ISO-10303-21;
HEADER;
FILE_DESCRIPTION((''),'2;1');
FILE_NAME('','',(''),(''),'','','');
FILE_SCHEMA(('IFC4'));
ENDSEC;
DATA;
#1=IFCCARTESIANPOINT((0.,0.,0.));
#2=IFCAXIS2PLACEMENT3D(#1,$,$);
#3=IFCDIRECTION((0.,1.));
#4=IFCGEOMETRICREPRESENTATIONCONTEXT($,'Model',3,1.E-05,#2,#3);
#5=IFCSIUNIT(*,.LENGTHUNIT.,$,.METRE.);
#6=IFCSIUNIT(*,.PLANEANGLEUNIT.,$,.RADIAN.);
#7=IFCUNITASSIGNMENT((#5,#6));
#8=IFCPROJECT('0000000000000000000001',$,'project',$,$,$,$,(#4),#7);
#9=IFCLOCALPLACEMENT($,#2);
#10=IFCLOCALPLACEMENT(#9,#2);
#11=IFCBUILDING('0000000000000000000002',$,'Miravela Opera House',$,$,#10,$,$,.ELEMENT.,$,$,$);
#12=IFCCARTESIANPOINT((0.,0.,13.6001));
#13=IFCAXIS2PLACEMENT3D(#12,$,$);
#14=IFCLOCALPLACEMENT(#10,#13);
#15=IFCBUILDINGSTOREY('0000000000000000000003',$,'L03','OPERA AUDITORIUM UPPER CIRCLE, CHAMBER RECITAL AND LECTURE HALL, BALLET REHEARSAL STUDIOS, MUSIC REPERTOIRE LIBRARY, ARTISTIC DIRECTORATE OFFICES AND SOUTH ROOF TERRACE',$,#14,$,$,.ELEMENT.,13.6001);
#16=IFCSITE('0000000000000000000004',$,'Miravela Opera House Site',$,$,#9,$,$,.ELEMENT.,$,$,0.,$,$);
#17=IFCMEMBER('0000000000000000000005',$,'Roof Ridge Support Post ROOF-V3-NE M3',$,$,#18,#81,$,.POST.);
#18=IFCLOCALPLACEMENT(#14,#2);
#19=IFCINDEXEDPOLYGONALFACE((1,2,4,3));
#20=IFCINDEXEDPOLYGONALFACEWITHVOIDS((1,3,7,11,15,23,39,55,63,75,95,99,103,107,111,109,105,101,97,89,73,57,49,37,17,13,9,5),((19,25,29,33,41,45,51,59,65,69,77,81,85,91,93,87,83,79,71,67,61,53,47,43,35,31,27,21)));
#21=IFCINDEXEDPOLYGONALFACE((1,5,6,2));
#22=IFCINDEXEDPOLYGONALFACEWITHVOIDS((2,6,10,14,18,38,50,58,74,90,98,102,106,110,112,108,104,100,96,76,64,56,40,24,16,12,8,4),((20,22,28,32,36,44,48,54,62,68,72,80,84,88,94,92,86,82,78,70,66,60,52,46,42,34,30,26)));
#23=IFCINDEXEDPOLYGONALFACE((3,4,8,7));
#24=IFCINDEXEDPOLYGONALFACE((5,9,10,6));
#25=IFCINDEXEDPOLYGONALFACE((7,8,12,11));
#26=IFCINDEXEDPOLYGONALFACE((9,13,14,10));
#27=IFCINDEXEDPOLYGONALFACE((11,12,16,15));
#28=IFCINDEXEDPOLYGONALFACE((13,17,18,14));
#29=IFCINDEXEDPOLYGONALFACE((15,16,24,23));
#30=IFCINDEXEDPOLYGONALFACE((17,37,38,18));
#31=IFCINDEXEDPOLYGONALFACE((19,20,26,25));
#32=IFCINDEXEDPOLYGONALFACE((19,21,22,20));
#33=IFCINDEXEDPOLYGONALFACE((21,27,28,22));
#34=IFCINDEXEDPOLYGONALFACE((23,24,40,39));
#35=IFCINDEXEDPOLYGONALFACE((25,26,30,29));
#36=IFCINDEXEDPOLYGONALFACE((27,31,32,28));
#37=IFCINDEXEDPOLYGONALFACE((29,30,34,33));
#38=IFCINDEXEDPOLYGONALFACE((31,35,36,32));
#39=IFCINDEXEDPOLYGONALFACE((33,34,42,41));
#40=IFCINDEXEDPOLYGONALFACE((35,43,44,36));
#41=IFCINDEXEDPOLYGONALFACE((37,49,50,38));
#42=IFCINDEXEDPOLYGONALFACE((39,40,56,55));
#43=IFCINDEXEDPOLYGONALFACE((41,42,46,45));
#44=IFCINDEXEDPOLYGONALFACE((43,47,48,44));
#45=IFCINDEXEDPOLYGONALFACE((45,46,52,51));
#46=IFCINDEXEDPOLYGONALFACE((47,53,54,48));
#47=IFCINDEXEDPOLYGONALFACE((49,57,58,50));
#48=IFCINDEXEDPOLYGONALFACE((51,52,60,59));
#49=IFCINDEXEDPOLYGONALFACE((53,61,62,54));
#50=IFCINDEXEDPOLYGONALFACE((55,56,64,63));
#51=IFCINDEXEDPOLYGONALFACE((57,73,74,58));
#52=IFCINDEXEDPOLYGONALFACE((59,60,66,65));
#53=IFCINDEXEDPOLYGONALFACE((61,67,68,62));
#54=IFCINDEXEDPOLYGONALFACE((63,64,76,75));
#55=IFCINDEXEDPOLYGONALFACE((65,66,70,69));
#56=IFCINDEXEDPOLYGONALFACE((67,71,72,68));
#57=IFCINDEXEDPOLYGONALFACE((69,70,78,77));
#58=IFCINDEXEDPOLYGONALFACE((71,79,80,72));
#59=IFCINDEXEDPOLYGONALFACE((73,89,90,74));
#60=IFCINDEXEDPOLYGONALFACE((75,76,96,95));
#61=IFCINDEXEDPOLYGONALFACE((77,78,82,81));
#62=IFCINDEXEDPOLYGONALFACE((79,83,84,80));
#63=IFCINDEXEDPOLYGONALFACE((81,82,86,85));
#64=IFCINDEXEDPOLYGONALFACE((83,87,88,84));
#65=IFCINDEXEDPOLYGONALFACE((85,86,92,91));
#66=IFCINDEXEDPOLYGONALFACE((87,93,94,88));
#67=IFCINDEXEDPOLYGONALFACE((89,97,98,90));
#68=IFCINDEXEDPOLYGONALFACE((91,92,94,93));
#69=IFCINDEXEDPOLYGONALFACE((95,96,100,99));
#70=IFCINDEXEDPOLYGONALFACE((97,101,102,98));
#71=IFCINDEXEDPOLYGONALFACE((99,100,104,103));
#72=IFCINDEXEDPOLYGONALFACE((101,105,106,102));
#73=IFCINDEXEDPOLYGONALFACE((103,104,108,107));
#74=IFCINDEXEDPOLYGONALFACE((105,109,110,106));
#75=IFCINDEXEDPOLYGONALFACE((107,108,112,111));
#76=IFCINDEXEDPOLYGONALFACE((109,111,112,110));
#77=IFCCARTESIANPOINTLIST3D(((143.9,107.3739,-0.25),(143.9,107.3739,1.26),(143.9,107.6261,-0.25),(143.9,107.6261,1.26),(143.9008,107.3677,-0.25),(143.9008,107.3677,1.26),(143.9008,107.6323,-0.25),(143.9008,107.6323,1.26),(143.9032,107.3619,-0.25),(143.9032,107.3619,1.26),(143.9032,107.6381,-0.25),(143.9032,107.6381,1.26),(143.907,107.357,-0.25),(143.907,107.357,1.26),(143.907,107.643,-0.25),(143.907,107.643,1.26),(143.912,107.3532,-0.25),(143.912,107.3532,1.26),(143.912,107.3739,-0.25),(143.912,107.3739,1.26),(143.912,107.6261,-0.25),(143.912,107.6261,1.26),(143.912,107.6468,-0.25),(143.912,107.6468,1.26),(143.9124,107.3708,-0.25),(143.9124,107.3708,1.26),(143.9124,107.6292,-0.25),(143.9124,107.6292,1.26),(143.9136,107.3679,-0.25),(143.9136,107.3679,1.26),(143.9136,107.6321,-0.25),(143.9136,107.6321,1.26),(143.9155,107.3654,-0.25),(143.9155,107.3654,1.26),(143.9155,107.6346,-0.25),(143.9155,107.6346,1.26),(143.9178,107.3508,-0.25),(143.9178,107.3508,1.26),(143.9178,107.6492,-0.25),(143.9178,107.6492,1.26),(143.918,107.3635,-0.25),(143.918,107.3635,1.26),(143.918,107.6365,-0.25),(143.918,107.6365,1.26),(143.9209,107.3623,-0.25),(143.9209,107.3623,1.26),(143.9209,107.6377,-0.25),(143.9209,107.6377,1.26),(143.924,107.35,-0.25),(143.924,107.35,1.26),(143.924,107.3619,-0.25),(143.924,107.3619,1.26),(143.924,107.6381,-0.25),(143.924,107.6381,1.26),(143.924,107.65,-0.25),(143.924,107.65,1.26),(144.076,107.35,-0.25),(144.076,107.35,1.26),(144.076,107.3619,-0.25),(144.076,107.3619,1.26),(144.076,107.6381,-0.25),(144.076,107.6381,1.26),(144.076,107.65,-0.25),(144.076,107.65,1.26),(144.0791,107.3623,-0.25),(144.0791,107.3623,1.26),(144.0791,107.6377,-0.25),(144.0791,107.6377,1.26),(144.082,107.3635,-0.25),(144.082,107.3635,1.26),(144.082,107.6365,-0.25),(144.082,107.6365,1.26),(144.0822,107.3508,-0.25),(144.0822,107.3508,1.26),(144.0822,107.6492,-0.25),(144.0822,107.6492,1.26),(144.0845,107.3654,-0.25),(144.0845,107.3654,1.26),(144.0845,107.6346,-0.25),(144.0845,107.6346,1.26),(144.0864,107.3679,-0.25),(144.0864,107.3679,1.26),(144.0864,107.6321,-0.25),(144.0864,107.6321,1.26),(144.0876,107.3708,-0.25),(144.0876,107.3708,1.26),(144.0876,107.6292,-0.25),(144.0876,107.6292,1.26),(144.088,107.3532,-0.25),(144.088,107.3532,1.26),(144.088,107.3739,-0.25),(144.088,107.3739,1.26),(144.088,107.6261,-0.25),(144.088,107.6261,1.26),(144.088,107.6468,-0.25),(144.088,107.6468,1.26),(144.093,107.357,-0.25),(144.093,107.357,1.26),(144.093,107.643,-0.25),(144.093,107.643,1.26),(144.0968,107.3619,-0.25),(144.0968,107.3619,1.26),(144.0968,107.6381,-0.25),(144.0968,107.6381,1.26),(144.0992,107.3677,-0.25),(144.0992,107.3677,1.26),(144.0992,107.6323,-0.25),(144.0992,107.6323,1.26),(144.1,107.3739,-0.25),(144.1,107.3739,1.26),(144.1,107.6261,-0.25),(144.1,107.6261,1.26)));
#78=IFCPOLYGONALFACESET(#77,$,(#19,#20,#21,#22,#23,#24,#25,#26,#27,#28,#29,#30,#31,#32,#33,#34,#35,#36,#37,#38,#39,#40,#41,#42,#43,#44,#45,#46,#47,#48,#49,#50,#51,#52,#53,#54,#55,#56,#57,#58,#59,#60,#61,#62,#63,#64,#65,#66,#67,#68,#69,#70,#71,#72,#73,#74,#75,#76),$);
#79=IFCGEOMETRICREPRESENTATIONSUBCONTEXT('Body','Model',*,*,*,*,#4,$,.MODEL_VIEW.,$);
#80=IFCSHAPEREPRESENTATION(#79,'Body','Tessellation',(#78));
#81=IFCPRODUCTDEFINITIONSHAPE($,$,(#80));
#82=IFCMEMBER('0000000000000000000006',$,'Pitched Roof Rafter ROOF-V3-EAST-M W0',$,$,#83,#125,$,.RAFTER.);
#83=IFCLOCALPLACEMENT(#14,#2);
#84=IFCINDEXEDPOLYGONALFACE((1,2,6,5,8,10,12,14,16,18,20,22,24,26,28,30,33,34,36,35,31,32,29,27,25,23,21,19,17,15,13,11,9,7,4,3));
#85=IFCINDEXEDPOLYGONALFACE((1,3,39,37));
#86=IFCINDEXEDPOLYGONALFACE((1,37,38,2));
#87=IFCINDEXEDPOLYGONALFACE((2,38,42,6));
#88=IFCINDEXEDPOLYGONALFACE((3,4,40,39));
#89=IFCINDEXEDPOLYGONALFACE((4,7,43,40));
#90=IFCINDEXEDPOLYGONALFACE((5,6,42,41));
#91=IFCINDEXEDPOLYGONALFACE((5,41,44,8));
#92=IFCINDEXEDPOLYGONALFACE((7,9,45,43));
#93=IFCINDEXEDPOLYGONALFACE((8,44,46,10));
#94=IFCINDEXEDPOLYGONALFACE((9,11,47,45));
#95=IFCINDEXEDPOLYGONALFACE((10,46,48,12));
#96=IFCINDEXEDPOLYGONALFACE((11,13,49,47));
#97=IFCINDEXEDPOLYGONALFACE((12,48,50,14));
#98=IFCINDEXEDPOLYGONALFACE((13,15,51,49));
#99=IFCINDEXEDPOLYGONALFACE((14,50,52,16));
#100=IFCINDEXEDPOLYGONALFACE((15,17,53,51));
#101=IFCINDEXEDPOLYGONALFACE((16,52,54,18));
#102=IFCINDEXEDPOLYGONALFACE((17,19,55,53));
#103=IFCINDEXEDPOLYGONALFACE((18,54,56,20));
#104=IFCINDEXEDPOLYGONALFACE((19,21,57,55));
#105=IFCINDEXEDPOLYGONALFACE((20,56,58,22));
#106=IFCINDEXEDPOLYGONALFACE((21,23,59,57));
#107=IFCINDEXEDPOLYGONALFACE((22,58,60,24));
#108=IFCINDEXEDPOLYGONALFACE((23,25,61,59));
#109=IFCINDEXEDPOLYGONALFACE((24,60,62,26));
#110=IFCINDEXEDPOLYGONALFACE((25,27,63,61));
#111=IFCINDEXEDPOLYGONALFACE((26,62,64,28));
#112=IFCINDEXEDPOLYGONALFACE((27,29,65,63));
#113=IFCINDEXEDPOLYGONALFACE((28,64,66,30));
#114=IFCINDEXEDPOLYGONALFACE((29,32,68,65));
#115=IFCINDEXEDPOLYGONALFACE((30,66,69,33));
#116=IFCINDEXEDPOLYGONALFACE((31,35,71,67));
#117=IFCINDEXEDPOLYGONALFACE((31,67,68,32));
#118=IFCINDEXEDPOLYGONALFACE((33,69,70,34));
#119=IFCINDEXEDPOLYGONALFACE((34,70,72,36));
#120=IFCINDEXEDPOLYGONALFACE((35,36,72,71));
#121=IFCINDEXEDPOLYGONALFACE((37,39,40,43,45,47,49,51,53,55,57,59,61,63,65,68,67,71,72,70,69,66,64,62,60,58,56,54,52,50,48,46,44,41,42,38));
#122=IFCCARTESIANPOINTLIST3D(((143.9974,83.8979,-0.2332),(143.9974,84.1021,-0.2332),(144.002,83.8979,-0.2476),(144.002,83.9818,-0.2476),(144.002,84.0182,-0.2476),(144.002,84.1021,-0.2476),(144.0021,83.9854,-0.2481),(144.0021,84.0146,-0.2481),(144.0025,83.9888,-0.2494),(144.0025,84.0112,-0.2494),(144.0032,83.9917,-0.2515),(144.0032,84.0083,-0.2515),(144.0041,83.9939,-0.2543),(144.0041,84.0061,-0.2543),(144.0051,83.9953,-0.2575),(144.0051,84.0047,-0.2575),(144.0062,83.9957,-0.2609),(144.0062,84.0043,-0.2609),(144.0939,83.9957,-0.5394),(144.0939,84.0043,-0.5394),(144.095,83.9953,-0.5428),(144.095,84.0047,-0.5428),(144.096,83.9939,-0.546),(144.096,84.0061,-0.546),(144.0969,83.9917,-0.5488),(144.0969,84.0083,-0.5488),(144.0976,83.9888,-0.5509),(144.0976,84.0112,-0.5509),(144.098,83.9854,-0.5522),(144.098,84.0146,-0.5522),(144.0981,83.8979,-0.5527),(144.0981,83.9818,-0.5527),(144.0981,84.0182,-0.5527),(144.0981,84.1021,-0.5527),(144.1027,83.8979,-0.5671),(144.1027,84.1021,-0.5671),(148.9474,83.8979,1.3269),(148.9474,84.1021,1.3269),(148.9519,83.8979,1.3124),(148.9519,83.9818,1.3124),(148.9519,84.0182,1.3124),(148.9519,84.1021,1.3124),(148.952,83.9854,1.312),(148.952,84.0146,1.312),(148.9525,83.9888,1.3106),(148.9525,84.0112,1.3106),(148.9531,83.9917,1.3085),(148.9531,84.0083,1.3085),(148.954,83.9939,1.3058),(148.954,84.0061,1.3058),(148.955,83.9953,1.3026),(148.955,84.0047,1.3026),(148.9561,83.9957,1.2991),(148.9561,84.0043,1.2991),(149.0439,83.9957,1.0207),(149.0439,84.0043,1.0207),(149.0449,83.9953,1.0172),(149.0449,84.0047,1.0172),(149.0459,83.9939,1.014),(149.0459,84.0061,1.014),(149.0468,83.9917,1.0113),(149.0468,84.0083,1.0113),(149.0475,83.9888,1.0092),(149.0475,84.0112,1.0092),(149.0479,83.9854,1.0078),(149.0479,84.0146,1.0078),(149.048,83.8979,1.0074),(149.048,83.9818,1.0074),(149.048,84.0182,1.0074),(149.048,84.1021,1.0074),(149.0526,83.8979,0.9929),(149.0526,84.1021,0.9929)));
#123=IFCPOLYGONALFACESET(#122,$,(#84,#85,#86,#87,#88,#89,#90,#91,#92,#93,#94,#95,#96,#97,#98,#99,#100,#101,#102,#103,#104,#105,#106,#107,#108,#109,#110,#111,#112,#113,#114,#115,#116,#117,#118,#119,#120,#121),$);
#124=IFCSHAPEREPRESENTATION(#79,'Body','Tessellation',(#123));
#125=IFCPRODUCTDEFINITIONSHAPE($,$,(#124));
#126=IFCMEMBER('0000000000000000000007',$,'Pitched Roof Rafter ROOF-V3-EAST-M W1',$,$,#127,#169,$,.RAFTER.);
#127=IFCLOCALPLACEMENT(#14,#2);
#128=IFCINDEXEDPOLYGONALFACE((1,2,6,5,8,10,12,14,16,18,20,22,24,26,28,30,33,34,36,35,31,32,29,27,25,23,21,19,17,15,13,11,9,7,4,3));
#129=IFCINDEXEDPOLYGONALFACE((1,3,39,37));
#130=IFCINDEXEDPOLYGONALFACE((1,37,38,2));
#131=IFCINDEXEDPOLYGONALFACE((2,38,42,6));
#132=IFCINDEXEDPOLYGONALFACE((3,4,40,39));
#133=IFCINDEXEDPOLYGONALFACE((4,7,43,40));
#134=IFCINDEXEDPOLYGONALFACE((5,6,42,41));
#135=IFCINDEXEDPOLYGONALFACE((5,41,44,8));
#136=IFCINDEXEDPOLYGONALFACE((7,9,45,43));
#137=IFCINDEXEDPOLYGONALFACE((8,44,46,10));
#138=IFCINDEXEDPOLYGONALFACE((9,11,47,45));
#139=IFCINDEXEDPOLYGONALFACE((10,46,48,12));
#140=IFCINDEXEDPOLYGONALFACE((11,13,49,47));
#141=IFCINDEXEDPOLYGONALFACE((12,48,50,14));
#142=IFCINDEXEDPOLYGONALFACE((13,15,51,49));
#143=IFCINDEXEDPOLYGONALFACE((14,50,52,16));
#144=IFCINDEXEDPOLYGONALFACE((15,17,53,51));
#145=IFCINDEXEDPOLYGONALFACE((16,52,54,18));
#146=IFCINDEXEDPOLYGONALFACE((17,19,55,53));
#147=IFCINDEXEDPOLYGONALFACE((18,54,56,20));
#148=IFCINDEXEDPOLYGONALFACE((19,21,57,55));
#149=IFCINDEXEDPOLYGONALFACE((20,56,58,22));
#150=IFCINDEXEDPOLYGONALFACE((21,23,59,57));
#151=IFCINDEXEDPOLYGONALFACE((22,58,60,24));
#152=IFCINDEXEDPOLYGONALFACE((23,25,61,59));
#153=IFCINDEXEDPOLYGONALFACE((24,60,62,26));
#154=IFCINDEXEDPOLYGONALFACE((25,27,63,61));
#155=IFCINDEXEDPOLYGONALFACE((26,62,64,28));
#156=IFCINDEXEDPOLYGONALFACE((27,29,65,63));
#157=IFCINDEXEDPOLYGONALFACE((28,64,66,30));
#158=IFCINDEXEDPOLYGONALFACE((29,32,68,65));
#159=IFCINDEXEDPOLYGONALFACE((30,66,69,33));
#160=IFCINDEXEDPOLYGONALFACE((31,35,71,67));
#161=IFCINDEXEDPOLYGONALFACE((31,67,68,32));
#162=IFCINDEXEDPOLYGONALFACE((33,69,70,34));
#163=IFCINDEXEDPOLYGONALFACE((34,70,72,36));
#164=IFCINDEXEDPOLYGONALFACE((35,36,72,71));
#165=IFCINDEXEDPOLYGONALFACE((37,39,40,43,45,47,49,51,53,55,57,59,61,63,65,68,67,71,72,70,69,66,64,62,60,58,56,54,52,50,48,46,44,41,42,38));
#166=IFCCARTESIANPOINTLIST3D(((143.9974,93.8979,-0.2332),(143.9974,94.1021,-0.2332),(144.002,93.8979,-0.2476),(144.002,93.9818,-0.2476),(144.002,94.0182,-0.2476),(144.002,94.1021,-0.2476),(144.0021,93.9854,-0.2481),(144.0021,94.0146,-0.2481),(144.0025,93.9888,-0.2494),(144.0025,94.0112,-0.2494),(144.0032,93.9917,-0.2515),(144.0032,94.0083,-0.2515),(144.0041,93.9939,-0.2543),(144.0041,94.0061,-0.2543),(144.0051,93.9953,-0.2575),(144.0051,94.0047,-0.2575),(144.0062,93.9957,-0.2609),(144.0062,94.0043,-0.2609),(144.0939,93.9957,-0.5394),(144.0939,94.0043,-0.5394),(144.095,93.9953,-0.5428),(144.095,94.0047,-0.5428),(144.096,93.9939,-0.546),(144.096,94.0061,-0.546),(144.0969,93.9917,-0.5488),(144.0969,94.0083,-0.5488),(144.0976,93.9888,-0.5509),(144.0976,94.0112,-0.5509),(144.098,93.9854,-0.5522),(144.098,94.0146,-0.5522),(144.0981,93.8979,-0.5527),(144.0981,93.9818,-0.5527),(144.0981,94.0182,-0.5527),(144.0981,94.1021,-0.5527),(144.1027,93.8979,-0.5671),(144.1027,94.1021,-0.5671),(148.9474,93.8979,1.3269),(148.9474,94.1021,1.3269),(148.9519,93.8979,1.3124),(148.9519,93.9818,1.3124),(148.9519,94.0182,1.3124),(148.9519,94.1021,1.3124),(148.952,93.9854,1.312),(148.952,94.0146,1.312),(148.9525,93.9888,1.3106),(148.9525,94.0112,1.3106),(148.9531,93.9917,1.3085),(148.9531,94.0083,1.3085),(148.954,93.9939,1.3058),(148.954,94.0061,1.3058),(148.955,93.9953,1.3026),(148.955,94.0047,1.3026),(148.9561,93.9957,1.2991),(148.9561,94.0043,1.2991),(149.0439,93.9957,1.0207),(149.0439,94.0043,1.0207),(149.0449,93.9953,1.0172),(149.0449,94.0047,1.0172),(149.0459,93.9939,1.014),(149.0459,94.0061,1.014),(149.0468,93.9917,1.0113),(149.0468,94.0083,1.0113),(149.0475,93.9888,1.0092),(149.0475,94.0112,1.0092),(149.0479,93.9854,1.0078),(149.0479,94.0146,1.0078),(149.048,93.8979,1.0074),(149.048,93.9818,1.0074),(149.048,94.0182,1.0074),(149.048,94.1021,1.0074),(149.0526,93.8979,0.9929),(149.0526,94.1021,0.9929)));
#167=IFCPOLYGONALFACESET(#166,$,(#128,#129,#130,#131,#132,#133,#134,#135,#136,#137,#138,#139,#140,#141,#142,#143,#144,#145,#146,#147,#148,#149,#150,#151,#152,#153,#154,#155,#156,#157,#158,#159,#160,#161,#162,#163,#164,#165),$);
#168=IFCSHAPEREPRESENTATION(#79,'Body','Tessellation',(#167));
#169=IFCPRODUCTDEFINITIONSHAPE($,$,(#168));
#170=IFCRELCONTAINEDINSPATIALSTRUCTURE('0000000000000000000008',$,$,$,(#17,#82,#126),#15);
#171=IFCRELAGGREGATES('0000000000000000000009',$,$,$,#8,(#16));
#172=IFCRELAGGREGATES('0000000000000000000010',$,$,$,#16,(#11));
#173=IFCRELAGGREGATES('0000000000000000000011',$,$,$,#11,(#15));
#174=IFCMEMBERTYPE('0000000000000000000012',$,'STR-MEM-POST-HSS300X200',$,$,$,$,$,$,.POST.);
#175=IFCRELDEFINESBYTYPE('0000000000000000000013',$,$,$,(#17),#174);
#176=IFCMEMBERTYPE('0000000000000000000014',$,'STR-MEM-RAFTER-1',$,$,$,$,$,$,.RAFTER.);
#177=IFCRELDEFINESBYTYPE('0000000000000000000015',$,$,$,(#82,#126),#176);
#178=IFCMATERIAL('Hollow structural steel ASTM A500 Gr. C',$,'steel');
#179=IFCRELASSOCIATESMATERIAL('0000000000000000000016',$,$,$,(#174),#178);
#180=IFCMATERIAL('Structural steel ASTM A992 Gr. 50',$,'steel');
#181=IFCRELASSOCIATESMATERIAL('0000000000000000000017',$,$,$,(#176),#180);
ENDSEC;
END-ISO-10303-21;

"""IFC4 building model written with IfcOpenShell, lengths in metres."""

from ifc_helpers import new_model, si_unit, direction, frame, origin, origin_2d, place, context, subcontext, project, spatial, hollow_rectangle, i_section, extrude, material, material_profile, profile_set, type_object, element, save


model = new_model("IFC4")

# Units and contexts
model_context = context("Model", 3, precision=1e-05, world=origin(), true_north=direction((0.0, 1.0)))
body_context = subcontext(model_context, "Body", "Model", "MODEL_VIEW")
ifc_project = project(units=[si_unit("LENGTHUNIT", "METRE"), si_unit("PLANEANGLEUNIT", "RADIAN")], contexts=[model_context])

# Site, building, storey
site_placement = place(None, origin())
site = spatial("IfcSite", under=ifc_project, at=site_placement, Name="Miravela Opera House Site", CompositionType="ELEMENT", RefElevation=0.0)
building_placement = place(site_placement, origin())
building = spatial("IfcBuilding", under=site, at=building_placement, Name="Miravela Opera House", CompositionType="ELEMENT")
storey_placement = place(building_placement, frame((0.0, 0.0, 13.6001)))
storey = spatial("IfcBuildingStorey", under=building, at=storey_placement, Name="L03", Description="OPERA AUDITORIUM UPPER CIRCLE, CHAMBER RECITAL AND LECTURE HALL, BALLET REHEARSAL STUDIOS, MUSIC REPERTOIRE LIBRARY, ARTISTIC DIRECTORATE OFFICES AND SOUTH ROOF TERRACE", CompositionType="ELEMENT", Elevation=13.6001)

# Shared definitions
ifc_material_1 = material(Name="Structural steel ASTM A992 Gr. 50", Category="steel")

# Members
ifc_material_2 = material(Name="Hollow structural steel ASTM A500 Gr. C", Category="steel")
ifc_material_profile_1 = material_profile(ifc_material_2, hollow_rectangle(XDim=0.2, YDim=0.3, WallThickness=0.012, InnerFilletRadius=0.012, OuterFilletRadius=0.0239, at=origin_2d()), Name="HSS300X200X12")
ifc_profile_set_1 = profile_set([ifc_material_profile_1])
member_type_1 = type_object("IfcMemberType", Name="STR-MEM-POST-HSS300X200", PredefinedType="POST", material=ifc_profile_set_1)
for number, where, z_axis, x_axis, name in (
    (1, (144.0, 107.5, -0.25), (0.0, 0.0, 1.0), (1.0, 0.0, 0.0), "Roof Ridge Support Post ROOF-V3-NE M3"),
):
    element("IfcMember", number, at=place(storey_placement, frame(where, z_axis=z_axis, x_axis=x_axis)), inside=storey, type_object=member_type_1, Name=name, PredefinedType="POST", context=body_context, shape_type="SweptSolid", body=[
        extrude(hollow_rectangle(XDim=0.2, YDim=0.3, WallThickness=0.012, InnerFilletRadius=0.012, OuterFilletRadius=0.0239, at=origin_2d()), origin(), (0.0, 0.0, 1.0), 1.51),
    ])
ifc_material_profile_2 = material_profile(ifc_material_1, i_section(OverallWidth=0.2041, OverallDepth=0.3501, WebThickness=0.0085, FlangeThickness=0.0151, FilletRadius=0.0139, at=origin_2d()), Name="W360X72")
ifc_profile_set_2 = profile_set([ifc_material_profile_2])
member_type_2 = type_object("IfcMemberType", Name="STR-MEM-RAFTER-1", PredefinedType="RAFTER", material=ifc_profile_set_2)
for number, where, z_axis, x_axis, name in (
    (2, (144.05, 84.0, -0.4001), (0.953753, 0.0, 0.300591), (0.0, 1.0, 0.0), "Pitched Roof Rafter ROOF-V3-EAST-M W0"),
    (3, (144.05, 94.0, -0.4001), (0.953753, 0.0, 0.300591), (0.0, 1.0, 0.0), "Pitched Roof Rafter ROOF-V3-EAST-M W1"),
):
    element("IfcMember", number, at=place(storey_placement, frame(where, z_axis=z_axis, x_axis=x_axis)), inside=storey, type_object=member_type_2, Name=name, PredefinedType="RAFTER", context=body_context, shape_type="SweptSolid", body=[
        extrude(i_section(OverallWidth=0.2041, OverallDepth=0.3501, WebThickness=0.0085, FlangeThickness=0.0151, FilletRadius=0.0139, at=origin_2d()), origin(), (0.0, 0.0, 1.0), 5.1899),
    ])

save(model, "model.ifc")
